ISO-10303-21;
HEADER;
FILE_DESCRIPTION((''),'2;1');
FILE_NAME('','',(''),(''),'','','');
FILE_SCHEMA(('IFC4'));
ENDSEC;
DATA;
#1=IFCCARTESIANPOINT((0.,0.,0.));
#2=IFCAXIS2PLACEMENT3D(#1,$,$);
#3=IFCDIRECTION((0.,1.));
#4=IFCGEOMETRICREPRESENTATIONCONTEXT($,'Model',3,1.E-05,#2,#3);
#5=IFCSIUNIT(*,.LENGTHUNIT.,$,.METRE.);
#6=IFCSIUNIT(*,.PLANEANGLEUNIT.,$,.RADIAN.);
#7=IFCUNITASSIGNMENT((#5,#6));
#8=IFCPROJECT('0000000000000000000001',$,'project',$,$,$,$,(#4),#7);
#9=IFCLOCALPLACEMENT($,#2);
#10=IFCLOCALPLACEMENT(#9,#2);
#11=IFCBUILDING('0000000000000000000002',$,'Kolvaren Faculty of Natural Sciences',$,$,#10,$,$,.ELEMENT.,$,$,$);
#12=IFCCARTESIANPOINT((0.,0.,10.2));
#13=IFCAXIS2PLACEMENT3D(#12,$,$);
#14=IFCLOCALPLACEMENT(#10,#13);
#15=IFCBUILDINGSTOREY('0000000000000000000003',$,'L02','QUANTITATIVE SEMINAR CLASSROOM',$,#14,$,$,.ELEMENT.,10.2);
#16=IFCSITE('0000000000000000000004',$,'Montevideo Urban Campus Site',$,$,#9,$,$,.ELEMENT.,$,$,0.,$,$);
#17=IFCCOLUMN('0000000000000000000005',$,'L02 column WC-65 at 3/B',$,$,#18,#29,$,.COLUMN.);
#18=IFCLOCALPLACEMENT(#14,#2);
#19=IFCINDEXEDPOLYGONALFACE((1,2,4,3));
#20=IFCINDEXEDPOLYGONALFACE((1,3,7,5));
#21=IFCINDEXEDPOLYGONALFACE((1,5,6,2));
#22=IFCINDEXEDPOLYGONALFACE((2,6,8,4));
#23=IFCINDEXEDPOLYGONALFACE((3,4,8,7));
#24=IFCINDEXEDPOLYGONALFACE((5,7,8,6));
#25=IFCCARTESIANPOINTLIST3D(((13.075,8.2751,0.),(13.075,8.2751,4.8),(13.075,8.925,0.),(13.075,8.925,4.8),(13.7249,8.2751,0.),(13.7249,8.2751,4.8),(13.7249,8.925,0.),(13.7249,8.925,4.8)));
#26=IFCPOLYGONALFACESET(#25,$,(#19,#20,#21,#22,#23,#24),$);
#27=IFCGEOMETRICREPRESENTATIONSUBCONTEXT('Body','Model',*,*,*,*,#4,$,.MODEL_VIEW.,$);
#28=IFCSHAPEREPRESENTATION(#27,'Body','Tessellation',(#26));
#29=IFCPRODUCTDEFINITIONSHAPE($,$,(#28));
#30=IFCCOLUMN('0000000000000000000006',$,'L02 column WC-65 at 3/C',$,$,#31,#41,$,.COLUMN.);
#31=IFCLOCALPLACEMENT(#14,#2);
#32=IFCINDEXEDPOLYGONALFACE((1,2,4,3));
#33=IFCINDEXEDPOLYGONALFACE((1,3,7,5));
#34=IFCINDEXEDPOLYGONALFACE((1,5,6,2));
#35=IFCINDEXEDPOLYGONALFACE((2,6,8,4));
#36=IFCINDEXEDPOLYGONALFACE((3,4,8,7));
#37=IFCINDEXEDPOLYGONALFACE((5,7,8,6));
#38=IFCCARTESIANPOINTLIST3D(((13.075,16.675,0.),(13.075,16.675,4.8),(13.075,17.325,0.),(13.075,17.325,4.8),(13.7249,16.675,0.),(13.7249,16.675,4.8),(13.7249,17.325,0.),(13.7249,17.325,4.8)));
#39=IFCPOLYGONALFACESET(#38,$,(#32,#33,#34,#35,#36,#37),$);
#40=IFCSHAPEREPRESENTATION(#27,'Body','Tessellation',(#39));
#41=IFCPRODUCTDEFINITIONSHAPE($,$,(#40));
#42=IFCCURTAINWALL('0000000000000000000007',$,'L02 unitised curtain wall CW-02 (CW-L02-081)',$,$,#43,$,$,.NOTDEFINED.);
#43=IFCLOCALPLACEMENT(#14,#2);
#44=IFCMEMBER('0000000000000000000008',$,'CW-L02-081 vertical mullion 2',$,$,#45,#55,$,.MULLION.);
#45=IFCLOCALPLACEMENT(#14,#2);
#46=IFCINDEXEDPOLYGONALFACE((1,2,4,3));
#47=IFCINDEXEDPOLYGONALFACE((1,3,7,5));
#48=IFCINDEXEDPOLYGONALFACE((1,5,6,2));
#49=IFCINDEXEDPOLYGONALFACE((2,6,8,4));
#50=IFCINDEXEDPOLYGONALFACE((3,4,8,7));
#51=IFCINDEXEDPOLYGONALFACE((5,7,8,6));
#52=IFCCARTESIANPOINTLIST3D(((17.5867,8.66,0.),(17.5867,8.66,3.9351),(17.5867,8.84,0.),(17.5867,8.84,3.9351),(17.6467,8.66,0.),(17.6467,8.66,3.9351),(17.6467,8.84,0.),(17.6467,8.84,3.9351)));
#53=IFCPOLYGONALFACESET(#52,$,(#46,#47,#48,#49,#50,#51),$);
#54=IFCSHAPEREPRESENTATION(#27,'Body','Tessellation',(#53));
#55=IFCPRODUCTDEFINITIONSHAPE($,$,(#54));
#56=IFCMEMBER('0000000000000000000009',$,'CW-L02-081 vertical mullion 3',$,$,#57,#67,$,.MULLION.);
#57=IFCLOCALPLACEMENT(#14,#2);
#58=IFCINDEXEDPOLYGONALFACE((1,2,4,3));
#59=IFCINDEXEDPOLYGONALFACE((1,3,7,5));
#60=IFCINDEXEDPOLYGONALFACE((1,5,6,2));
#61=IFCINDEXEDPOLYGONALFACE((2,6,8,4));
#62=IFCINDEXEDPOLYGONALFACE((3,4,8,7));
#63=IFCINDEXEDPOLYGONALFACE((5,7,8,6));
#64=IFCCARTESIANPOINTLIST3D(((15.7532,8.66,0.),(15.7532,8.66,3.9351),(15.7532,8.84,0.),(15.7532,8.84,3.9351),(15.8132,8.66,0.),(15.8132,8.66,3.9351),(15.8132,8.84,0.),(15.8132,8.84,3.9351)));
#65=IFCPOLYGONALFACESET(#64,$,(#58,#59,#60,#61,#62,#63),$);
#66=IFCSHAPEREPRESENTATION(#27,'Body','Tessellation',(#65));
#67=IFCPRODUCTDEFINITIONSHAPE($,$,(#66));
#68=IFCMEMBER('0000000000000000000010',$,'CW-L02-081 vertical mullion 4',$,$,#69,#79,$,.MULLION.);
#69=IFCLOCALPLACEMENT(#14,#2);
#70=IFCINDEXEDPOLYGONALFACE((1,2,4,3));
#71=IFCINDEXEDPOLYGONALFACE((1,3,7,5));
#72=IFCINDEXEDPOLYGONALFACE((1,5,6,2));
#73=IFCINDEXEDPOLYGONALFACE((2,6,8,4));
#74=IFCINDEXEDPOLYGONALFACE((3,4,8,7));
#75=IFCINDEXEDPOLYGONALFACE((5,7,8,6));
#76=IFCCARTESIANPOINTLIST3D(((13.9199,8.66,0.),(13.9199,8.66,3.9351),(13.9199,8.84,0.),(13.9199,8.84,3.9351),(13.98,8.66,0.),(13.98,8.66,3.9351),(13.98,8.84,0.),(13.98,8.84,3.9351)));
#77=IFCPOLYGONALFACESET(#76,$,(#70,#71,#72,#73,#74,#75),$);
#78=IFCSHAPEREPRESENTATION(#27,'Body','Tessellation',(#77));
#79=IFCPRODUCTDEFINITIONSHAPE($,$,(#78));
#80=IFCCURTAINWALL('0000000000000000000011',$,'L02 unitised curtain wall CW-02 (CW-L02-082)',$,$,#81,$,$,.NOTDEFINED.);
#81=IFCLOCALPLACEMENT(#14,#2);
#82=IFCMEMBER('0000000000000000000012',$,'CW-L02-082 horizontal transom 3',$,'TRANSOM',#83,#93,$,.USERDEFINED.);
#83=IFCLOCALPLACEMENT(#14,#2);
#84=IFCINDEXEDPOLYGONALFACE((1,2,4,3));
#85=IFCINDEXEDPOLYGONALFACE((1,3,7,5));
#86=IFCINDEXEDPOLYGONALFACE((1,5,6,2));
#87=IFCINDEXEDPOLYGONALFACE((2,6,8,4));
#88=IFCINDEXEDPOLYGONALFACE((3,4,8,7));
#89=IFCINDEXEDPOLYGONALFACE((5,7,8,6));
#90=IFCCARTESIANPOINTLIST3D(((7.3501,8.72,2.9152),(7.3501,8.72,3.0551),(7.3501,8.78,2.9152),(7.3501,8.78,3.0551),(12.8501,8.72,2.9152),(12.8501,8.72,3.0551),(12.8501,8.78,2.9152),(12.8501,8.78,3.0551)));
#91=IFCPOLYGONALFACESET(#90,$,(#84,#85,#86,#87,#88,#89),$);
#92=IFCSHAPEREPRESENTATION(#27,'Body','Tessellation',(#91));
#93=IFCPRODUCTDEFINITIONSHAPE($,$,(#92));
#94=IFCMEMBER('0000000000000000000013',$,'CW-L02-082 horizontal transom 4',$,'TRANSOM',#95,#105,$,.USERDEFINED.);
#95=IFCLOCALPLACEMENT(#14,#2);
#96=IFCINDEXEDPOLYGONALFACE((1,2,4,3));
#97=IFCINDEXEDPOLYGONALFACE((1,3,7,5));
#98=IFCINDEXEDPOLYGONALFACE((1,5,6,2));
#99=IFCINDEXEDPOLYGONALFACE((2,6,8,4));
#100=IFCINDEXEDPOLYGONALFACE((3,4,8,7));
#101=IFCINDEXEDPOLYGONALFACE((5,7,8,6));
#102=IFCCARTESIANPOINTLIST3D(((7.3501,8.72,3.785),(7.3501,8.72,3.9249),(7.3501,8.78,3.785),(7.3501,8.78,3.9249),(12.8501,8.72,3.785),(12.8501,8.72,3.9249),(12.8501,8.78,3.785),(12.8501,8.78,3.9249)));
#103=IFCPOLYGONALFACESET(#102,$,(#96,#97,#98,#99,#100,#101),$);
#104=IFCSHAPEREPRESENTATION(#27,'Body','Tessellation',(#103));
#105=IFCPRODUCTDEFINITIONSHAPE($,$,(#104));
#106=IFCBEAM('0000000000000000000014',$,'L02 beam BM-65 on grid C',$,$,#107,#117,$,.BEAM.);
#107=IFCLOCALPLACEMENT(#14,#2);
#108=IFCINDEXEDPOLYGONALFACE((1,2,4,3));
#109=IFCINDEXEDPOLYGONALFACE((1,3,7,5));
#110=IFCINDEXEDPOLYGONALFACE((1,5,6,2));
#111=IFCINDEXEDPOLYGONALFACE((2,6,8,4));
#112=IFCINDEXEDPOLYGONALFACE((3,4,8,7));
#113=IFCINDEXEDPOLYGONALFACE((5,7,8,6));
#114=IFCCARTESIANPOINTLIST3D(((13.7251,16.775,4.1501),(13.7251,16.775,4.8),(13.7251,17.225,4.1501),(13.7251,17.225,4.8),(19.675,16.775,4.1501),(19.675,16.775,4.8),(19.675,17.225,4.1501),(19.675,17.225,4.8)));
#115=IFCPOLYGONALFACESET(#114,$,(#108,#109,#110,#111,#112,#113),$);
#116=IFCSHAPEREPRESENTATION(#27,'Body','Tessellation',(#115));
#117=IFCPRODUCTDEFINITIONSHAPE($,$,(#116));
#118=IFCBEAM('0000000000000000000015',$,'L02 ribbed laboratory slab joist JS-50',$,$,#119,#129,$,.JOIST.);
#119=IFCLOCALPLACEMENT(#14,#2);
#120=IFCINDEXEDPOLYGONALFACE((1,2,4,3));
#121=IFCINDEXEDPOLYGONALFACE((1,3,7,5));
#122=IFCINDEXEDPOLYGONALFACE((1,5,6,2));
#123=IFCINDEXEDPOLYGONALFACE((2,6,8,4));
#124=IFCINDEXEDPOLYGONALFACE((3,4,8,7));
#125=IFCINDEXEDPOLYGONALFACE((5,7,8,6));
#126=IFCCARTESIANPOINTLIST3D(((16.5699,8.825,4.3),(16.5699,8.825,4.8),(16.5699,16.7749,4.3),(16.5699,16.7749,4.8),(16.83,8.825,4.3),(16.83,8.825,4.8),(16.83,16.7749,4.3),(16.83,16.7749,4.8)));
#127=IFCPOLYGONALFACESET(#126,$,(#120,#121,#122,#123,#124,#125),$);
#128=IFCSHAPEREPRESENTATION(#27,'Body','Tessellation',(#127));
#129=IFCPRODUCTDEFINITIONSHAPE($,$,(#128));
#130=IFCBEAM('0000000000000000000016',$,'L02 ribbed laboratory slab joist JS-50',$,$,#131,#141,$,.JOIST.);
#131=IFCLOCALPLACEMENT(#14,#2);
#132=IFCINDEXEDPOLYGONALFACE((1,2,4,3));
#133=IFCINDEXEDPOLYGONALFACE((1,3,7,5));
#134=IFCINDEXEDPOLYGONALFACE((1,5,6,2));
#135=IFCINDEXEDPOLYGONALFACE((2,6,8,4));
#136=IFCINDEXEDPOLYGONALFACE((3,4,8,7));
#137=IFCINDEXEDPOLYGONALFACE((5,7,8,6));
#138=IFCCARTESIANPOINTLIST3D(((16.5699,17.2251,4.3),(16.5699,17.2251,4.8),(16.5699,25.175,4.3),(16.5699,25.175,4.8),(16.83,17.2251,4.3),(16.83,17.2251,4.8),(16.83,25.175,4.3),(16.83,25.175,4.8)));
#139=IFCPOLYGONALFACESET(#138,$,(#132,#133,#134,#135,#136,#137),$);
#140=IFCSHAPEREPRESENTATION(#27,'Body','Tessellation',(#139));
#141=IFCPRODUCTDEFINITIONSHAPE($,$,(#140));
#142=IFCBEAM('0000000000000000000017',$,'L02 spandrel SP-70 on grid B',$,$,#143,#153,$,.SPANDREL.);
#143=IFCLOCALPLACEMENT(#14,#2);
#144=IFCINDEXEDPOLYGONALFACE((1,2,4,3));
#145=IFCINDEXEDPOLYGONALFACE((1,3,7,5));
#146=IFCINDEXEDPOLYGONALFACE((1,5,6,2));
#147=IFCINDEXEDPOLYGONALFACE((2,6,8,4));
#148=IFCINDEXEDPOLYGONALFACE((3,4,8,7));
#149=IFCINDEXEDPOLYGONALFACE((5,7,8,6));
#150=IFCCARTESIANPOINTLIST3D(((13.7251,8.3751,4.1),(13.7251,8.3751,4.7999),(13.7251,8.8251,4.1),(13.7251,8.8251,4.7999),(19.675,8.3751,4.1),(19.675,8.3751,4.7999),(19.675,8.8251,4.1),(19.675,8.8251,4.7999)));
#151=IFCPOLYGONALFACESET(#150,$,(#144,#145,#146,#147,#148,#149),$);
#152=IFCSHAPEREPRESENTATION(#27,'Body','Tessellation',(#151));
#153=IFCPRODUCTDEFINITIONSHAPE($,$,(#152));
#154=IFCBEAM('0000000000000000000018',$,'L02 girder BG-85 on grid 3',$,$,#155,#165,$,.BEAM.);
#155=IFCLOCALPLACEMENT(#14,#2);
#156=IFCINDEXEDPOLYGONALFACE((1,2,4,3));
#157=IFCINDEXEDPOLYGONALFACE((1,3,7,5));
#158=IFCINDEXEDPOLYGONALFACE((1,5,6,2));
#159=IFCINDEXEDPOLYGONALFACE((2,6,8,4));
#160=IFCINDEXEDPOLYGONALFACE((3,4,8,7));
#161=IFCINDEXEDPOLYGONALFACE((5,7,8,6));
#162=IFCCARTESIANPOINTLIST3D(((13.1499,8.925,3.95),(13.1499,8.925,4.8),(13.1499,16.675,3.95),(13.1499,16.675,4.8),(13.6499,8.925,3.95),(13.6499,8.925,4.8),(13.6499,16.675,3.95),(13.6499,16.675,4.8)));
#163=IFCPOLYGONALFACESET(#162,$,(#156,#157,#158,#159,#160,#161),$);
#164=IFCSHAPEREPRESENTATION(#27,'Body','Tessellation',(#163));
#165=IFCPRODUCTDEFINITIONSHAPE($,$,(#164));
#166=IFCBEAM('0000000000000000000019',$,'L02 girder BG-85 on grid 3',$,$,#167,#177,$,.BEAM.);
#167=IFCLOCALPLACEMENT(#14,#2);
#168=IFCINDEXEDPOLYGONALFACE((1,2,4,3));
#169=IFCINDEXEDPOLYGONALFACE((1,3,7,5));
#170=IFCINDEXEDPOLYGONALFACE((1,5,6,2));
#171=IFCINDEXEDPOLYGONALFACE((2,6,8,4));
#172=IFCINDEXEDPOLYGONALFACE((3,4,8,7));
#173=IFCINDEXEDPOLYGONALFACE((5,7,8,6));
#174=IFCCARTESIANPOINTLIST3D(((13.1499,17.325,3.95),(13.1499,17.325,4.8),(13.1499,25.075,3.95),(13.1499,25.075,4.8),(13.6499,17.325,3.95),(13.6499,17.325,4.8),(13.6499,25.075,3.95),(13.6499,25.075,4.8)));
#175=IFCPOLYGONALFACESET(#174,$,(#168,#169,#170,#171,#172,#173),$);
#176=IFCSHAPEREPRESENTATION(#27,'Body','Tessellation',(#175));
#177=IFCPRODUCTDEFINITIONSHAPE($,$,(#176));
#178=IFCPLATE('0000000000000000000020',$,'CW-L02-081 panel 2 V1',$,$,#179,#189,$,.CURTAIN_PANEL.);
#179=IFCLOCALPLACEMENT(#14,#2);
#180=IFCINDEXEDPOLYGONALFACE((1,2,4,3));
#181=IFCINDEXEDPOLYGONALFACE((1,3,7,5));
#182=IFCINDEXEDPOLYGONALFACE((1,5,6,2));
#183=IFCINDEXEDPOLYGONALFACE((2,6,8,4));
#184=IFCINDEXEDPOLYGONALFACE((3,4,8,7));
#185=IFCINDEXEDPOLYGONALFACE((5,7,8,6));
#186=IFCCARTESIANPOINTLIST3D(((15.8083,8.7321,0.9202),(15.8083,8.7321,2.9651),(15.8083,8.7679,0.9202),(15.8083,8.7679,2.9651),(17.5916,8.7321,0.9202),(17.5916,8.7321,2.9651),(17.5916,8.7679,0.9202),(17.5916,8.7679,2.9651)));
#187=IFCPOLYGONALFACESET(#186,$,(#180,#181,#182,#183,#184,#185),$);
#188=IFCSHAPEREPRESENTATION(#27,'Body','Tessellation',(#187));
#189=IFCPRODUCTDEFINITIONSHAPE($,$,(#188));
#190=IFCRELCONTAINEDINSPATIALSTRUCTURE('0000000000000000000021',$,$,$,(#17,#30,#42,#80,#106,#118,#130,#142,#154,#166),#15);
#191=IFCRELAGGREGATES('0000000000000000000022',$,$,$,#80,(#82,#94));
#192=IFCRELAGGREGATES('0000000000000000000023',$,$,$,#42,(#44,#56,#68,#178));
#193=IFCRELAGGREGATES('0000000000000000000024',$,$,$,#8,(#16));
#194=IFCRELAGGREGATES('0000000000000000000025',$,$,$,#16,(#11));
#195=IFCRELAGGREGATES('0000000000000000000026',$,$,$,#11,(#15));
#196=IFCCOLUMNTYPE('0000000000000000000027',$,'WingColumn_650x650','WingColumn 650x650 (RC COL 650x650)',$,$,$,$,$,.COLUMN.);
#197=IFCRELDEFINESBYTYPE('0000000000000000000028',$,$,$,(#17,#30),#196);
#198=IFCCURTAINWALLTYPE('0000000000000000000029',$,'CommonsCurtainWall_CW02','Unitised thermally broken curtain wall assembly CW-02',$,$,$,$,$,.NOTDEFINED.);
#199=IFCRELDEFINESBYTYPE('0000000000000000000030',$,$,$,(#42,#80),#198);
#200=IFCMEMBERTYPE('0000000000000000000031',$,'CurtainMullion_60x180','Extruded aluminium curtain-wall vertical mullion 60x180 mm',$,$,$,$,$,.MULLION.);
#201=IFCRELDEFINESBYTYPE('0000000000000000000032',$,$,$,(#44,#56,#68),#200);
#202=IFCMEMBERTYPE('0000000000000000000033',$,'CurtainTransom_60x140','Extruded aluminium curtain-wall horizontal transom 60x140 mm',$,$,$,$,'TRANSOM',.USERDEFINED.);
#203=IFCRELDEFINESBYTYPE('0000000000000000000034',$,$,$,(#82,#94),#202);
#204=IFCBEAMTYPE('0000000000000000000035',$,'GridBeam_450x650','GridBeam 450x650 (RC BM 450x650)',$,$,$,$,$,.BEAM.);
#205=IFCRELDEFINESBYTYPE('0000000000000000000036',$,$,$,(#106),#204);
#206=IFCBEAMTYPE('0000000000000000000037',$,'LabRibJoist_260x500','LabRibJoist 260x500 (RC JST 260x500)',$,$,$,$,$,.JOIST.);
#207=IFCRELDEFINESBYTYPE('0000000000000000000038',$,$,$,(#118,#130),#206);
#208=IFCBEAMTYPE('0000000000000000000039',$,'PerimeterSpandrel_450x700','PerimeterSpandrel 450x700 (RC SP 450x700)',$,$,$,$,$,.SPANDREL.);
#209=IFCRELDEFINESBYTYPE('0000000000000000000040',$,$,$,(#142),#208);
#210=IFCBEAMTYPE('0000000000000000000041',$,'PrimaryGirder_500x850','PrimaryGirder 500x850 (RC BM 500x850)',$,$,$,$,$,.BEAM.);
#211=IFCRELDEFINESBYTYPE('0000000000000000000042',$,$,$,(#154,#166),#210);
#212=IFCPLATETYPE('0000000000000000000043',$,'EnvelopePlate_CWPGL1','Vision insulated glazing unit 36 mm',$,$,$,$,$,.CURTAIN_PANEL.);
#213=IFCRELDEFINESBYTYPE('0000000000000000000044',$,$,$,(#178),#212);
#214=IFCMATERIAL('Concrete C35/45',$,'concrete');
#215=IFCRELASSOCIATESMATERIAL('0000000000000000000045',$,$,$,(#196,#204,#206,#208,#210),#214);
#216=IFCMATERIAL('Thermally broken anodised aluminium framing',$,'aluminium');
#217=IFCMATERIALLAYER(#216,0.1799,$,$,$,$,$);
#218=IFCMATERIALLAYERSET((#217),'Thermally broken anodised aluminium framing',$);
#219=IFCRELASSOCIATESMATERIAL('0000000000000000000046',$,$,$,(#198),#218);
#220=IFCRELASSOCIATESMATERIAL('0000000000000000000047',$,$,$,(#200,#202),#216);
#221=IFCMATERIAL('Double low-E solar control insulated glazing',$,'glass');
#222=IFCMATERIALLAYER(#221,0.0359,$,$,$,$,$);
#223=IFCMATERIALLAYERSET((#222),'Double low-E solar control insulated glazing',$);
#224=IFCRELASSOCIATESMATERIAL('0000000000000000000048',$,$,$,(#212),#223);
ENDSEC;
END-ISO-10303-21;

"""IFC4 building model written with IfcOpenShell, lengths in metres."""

from ifc_helpers import new_model, si_unit, direction, frame, origin, origin_2d, place, context, subcontext, project, spatial, rectangle, extrude, material, layer, layer_set, material_profile, profile_set, type_object, element, aggregate, save


model = new_model("IFC4")

# Units and contexts
model_context = context("Model", 3, precision=1e-05, world=origin(), true_north=direction((0.0, 1.0)))
body_context = subcontext(model_context, "Body", "Model", "MODEL_VIEW")
ifc_project = project(units=[si_unit("LENGTHUNIT", "METRE"), si_unit("PLANEANGLEUNIT", "RADIAN")], contexts=[model_context])

# Site, building, storey
site_placement = place(None, origin())
site = spatial("IfcSite", under=ifc_project, at=site_placement, Name="Montevideo Urban Campus Site", CompositionType="ELEMENT", RefElevation=0.0)
building_placement = place(site_placement, origin())
building = spatial("IfcBuilding", under=site, at=building_placement, Name="Kolvaren Faculty of Natural Sciences", CompositionType="ELEMENT")
storey_placement = place(building_placement, frame((0.0, 0.0, 10.2)))
storey = spatial("IfcBuildingStorey", under=building, at=storey_placement, Name="L02", Description="QUANTITATIVE SEMINAR CLASSROOM", CompositionType="ELEMENT", Elevation=10.2)

# Columns
ifc_material_1 = material(Name="Concrete C35/45", Category="concrete")
ifc_material_profile_1 = material_profile(ifc_material_1, rectangle(XDim=0.6499, YDim=0.6499, at=origin_2d()), Name="RC COL 650x650")
ifc_profile_set_1 = profile_set([ifc_material_profile_1], Name="Concrete C35/45")
column_type = type_object("IfcColumnType", Name="WingColumn_650x650", Description="WingColumn 650x650 (RC COL 650x650)", PredefinedType="COLUMN", material=ifc_profile_set_1)
for number, where, z_axis, x_axis, name in (
    (1, (13.3999, 8.6001, 0.0), (0.0, 0.0, 1.0), (1.0, 0.0, 0.0), "L02 column WC-65 at 3/B"),
    (2, (13.3999, 17.0, 0.0), (0.0, 0.0, 1.0), (1.0, 0.0, 0.0), "L02 column WC-65 at 3/C"),
):
    element("IfcColumn", number, at=place(storey_placement, frame(where, z_axis=z_axis, x_axis=x_axis)), inside=storey, type_object=column_type, Name=name, PredefinedType="COLUMN", context=body_context, shape_type="SweptSolid", body=[
        extrude(rectangle(XDim=0.6499, YDim=0.6499, at=origin_2d()), origin(), (0.0, 0.0, 1.0), 4.8),
    ])

# Curtain walls, members
ifc_material_2 = material(Name="Thermally broken anodised aluminium framing", Category="aluminium")
ifc_layer_1 = layer(ifc_material_2, 0.1799)
ifc_layer_set_1 = layer_set([ifc_layer_1], Name="Thermally broken anodised aluminium framing")
curtain_wall_type = type_object("IfcCurtainWallType", Name="CommonsCurtainWall_CW02", Description="Unitised thermally broken curtain wall assembly CW-02", PredefinedType="NOTDEFINED", material=ifc_layer_set_1)
curtain_wall_1_placement = place(storey_placement, origin())
curtain_wall_1 = element("IfcCurtainWall", 3, at=curtain_wall_1_placement, inside=storey, type_object=curtain_wall_type, Name="L02 unitised curtain wall CW-02 (CW-L02-081)", PredefinedType="NOTDEFINED")
ifc_material_profile_2 = material_profile(ifc_material_2, rectangle(XDim=0.0601, YDim=0.1799, at=origin_2d()), Name="ALU MUL 60x180")
ifc_profile_set_2 = profile_set([ifc_material_profile_2], Name="Thermally broken anodised aluminium framing")
member_type_1 = type_object("IfcMemberType", Name="CurtainMullion_60x180", Description="Extruded aluminium curtain-wall vertical mullion 60x180 mm", PredefinedType="MULLION", material=ifc_profile_set_2)
member_1_placement = place(storey_placement, frame((17.6167, 8.75, 0.0), z_axis=(0.0, 0.0, 1.0), x_axis=(-1.0, 0.0, 0.0)))
member_1 = element("IfcMember", 4, at=member_1_placement, type_object=member_type_1, Name="CW-L02-081 vertical mullion 2", PredefinedType="MULLION", context=body_context, shape_type="SweptSolid", body=[
    extrude(rectangle(XDim=0.0601, YDim=0.1799, at=origin_2d()), origin(), (0.0, 0.0, 1.0), 3.9351),
])
member_2_placement = place(storey_placement, frame((15.7832, 8.75, 0.0), z_axis=(0.0, 0.0, 1.0), x_axis=(-1.0, 0.0, 0.0)))
member_2 = element("IfcMember", 5, at=member_2_placement, type_object=member_type_1, Name="CW-L02-081 vertical mullion 3", PredefinedType="MULLION", context=body_context, shape_type="SweptSolid", body=[
    extrude(rectangle(XDim=0.0601, YDim=0.1799, at=origin_2d()), origin(), (0.0, 0.0, 1.0), 3.9351),
])
member_3_placement = place(storey_placement, frame((13.95, 8.75, 0.0), z_axis=(0.0, 0.0, 1.0), x_axis=(-1.0, 0.0, 0.0)))
member_3 = element("IfcMember", 6, at=member_3_placement, type_object=member_type_1, Name="CW-L02-081 vertical mullion 4", PredefinedType="MULLION", context=body_context, shape_type="SweptSolid", body=[
    extrude(rectangle(XDim=0.0601, YDim=0.1799, at=origin_2d()), origin(), (0.0, 0.0, 1.0), 3.9351),
])
curtain_wall_2_placement = place(storey_placement, origin())
curtain_wall_2 = element("IfcCurtainWall", 7, at=curtain_wall_2_placement, inside=storey, type_object=curtain_wall_type, Name="L02 unitised curtain wall CW-02 (CW-L02-082)", PredefinedType="NOTDEFINED")
ifc_material_profile_3 = material_profile(ifc_material_2, rectangle(XDim=0.0601, YDim=0.1399, at=origin_2d()), Name="ALU TRN 60x140")
ifc_profile_set_3 = profile_set([ifc_material_profile_3], Name="Thermally broken anodised aluminium framing")
member_type_2 = type_object("IfcMemberType", Name="CurtainTransom_60x140", Description="Extruded aluminium curtain-wall horizontal transom 60x140 mm", ElementType="TRANSOM", PredefinedType="USERDEFINED", material=ifc_profile_set_3)
member_4_placement = place(storey_placement, frame((12.8501, 8.75, 2.9851), z_axis=(-1.0, 0.0, 0.0), x_axis=(0.0, -1.0, 0.0)))
member_4 = element("IfcMember", 8, at=member_4_placement, type_object=member_type_2, Name="CW-L02-082 horizontal transom 3", ObjectType="TRANSOM", PredefinedType="USERDEFINED", context=body_context, shape_type="SweptSolid", body=[
    extrude(rectangle(XDim=0.0601, YDim=0.1399, at=origin_2d()), origin(), (0.0, 0.0, 1.0), 5.5),
])
member_5_placement = place(storey_placement, frame((12.8501, 8.75, 3.855), z_axis=(-1.0, 0.0, 0.0), x_axis=(0.0, -1.0, 0.0)))
member_5 = element("IfcMember", 9, at=member_5_placement, type_object=member_type_2, Name="CW-L02-082 horizontal transom 4", ObjectType="TRANSOM", PredefinedType="USERDEFINED", context=body_context, shape_type="SweptSolid", body=[
    extrude(rectangle(XDim=0.0601, YDim=0.1399, at=origin_2d()), origin(), (0.0, 0.0, 1.0), 5.5),
])
aggregate(curtain_wall_2, [member_4, member_5])

# Beams
ifc_material_profile_4 = material_profile(ifc_material_1, rectangle(XDim=0.45, YDim=0.6499, at=origin_2d()), Name="RC BM 450x650")
ifc_profile_set_4 = profile_set([ifc_material_profile_4], Name="Concrete C35/45")
beam_type_1 = type_object("IfcBeamType", Name="GridBeam_450x650", Description="GridBeam 450x650 (RC BM 450x650)", PredefinedType="BEAM", material=ifc_profile_set_4)
beam_1_placement = place(storey_placement, frame((13.7251, 17.0, 4.4751), z_axis=(1.0, 0.0, 0.0), x_axis=(0.0, 1.0, 0.0)))
element("IfcBeam", 10, at=beam_1_placement, inside=storey, type_object=beam_type_1, Name="L02 beam BM-65 on grid C", PredefinedType="BEAM", context=body_context, shape_type="SweptSolid", body=[
    extrude(rectangle(XDim=0.45, YDim=0.6499, at=origin_2d()), origin(), (0.0, 0.0, 1.0), 5.95),
])
ifc_material_profile_5 = material_profile(ifc_material_1, rectangle(XDim=0.26, YDim=0.5, at=origin_2d()), Name="RC JST 260x500")
ifc_profile_set_5 = profile_set([ifc_material_profile_5], Name="Concrete C35/45")
beam_type_2 = type_object("IfcBeamType", Name="LabRibJoist_260x500", Description="LabRibJoist 260x500 (RC JST 260x500)", PredefinedType="JOIST", material=ifc_profile_set_5)
for number, where, z_axis, x_axis, name in (
    (11, (16.7, 8.825, 4.55), (0.0, 1.0, 0.0), (-1.0, 0.0, 0.0), "L02 ribbed laboratory slab joist JS-50"),
    (12, (16.7, 17.2251, 4.55), (0.0, 1.0, 0.0), (-1.0, 0.0, 0.0), "L02 ribbed laboratory slab joist JS-50"),
):
    element("IfcBeam", number, at=place(storey_placement, frame(where, z_axis=z_axis, x_axis=x_axis)), inside=storey, type_object=beam_type_2, Name=name, PredefinedType="JOIST", context=body_context, shape_type="SweptSolid", body=[
        extrude(rectangle(XDim=0.26, YDim=0.5, at=origin_2d()), origin(), (0.0, 0.0, 1.0), 7.95),
    ])
ifc_material_profile_6 = material_profile(ifc_material_1, rectangle(XDim=0.45, YDim=0.7, at=origin_2d()), Name="RC SP 450x700")
ifc_profile_set_6 = profile_set([ifc_material_profile_6], Name="Concrete C35/45")
beam_type_3 = type_object("IfcBeamType", Name="PerimeterSpandrel_450x700", Description="PerimeterSpandrel 450x700 (RC SP 450x700)", PredefinedType="SPANDREL", material=ifc_profile_set_6)
beam_2_placement = place(storey_placement, frame((13.7251, 8.6001, 4.45), z_axis=(1.0, 0.0, 0.0), x_axis=(0.0, 1.0, 0.0)))
element("IfcBeam", 13, at=beam_2_placement, inside=storey, type_object=beam_type_3, Name="L02 spandrel SP-70 on grid B", PredefinedType="SPANDREL", context=body_context, shape_type="SweptSolid", body=[
    extrude(rectangle(XDim=0.45, YDim=0.7, at=origin_2d()), origin(), (0.0, 0.0, 1.0), 5.95),
])
ifc_material_profile_7 = material_profile(ifc_material_1, rectangle(XDim=0.5, YDim=0.8501, at=origin_2d()), Name="RC BM 500x850")
ifc_profile_set_7 = profile_set([ifc_material_profile_7], Name="Concrete C35/45")
beam_type_4 = type_object("IfcBeamType", Name="PrimaryGirder_500x850", Description="PrimaryGirder 500x850 (RC BM 500x850)", PredefinedType="BEAM", material=ifc_profile_set_7)
for number, where, z_axis, x_axis, name in (
    (14, (13.3999, 8.925, 4.375), (0.0, 1.0, 0.0), (-1.0, 0.0, 0.0), "L02 girder BG-85 on grid 3"),
    (15, (13.3999, 17.325, 4.375), (0.0, 1.0, 0.0), (-1.0, 0.0, 0.0), "L02 girder BG-85 on grid 3"),
):
    element("IfcBeam", number, at=place(storey_placement, frame(where, z_axis=z_axis, x_axis=x_axis)), inside=storey, type_object=beam_type_4, Name=name, PredefinedType="BEAM", context=body_context, shape_type="SweptSolid", body=[
        extrude(rectangle(XDim=0.5, YDim=0.8501, at=origin_2d()), origin(), (0.0, 0.0, 1.0), 7.75),
    ])

# Plate
ifc_material_3 = material(Name="Double low-E solar control insulated glazing", Category="glass")
ifc_layer_2 = layer(ifc_material_3, 0.0359)
ifc_layer_set_2 = layer_set([ifc_layer_2], Name="Double low-E solar control insulated glazing")
plate_type_1 = type_object("IfcPlateType", Name="EnvelopePlate_CWPGL1", Description="Vision insulated glazing unit 36 mm", PredefinedType="CURTAIN_PANEL", material=ifc_layer_set_2)
plate_1_placement = place(storey_placement, frame((16.7, 8.75, 0.9202), z_axis=(0.0, 0.0, 1.0), x_axis=(-1.0, 0.0, 0.0)))
plate_1 = element("IfcPlate", 16, at=plate_1_placement, type_object=plate_type_1, Name="CW-L02-081 panel 2 V1", PredefinedType="CURTAIN_PANEL", context=body_context, shape_type="SweptSolid", body=[
    extrude(rectangle(XDim=1.7832, YDim=0.0359, at=origin_2d()), origin(), (0.0, 0.0, 1.0), 2.0449),
])
aggregate(curtain_wall_1, [member_1, member_2, member_3, plate_1])

save(model, "model.ifc")
